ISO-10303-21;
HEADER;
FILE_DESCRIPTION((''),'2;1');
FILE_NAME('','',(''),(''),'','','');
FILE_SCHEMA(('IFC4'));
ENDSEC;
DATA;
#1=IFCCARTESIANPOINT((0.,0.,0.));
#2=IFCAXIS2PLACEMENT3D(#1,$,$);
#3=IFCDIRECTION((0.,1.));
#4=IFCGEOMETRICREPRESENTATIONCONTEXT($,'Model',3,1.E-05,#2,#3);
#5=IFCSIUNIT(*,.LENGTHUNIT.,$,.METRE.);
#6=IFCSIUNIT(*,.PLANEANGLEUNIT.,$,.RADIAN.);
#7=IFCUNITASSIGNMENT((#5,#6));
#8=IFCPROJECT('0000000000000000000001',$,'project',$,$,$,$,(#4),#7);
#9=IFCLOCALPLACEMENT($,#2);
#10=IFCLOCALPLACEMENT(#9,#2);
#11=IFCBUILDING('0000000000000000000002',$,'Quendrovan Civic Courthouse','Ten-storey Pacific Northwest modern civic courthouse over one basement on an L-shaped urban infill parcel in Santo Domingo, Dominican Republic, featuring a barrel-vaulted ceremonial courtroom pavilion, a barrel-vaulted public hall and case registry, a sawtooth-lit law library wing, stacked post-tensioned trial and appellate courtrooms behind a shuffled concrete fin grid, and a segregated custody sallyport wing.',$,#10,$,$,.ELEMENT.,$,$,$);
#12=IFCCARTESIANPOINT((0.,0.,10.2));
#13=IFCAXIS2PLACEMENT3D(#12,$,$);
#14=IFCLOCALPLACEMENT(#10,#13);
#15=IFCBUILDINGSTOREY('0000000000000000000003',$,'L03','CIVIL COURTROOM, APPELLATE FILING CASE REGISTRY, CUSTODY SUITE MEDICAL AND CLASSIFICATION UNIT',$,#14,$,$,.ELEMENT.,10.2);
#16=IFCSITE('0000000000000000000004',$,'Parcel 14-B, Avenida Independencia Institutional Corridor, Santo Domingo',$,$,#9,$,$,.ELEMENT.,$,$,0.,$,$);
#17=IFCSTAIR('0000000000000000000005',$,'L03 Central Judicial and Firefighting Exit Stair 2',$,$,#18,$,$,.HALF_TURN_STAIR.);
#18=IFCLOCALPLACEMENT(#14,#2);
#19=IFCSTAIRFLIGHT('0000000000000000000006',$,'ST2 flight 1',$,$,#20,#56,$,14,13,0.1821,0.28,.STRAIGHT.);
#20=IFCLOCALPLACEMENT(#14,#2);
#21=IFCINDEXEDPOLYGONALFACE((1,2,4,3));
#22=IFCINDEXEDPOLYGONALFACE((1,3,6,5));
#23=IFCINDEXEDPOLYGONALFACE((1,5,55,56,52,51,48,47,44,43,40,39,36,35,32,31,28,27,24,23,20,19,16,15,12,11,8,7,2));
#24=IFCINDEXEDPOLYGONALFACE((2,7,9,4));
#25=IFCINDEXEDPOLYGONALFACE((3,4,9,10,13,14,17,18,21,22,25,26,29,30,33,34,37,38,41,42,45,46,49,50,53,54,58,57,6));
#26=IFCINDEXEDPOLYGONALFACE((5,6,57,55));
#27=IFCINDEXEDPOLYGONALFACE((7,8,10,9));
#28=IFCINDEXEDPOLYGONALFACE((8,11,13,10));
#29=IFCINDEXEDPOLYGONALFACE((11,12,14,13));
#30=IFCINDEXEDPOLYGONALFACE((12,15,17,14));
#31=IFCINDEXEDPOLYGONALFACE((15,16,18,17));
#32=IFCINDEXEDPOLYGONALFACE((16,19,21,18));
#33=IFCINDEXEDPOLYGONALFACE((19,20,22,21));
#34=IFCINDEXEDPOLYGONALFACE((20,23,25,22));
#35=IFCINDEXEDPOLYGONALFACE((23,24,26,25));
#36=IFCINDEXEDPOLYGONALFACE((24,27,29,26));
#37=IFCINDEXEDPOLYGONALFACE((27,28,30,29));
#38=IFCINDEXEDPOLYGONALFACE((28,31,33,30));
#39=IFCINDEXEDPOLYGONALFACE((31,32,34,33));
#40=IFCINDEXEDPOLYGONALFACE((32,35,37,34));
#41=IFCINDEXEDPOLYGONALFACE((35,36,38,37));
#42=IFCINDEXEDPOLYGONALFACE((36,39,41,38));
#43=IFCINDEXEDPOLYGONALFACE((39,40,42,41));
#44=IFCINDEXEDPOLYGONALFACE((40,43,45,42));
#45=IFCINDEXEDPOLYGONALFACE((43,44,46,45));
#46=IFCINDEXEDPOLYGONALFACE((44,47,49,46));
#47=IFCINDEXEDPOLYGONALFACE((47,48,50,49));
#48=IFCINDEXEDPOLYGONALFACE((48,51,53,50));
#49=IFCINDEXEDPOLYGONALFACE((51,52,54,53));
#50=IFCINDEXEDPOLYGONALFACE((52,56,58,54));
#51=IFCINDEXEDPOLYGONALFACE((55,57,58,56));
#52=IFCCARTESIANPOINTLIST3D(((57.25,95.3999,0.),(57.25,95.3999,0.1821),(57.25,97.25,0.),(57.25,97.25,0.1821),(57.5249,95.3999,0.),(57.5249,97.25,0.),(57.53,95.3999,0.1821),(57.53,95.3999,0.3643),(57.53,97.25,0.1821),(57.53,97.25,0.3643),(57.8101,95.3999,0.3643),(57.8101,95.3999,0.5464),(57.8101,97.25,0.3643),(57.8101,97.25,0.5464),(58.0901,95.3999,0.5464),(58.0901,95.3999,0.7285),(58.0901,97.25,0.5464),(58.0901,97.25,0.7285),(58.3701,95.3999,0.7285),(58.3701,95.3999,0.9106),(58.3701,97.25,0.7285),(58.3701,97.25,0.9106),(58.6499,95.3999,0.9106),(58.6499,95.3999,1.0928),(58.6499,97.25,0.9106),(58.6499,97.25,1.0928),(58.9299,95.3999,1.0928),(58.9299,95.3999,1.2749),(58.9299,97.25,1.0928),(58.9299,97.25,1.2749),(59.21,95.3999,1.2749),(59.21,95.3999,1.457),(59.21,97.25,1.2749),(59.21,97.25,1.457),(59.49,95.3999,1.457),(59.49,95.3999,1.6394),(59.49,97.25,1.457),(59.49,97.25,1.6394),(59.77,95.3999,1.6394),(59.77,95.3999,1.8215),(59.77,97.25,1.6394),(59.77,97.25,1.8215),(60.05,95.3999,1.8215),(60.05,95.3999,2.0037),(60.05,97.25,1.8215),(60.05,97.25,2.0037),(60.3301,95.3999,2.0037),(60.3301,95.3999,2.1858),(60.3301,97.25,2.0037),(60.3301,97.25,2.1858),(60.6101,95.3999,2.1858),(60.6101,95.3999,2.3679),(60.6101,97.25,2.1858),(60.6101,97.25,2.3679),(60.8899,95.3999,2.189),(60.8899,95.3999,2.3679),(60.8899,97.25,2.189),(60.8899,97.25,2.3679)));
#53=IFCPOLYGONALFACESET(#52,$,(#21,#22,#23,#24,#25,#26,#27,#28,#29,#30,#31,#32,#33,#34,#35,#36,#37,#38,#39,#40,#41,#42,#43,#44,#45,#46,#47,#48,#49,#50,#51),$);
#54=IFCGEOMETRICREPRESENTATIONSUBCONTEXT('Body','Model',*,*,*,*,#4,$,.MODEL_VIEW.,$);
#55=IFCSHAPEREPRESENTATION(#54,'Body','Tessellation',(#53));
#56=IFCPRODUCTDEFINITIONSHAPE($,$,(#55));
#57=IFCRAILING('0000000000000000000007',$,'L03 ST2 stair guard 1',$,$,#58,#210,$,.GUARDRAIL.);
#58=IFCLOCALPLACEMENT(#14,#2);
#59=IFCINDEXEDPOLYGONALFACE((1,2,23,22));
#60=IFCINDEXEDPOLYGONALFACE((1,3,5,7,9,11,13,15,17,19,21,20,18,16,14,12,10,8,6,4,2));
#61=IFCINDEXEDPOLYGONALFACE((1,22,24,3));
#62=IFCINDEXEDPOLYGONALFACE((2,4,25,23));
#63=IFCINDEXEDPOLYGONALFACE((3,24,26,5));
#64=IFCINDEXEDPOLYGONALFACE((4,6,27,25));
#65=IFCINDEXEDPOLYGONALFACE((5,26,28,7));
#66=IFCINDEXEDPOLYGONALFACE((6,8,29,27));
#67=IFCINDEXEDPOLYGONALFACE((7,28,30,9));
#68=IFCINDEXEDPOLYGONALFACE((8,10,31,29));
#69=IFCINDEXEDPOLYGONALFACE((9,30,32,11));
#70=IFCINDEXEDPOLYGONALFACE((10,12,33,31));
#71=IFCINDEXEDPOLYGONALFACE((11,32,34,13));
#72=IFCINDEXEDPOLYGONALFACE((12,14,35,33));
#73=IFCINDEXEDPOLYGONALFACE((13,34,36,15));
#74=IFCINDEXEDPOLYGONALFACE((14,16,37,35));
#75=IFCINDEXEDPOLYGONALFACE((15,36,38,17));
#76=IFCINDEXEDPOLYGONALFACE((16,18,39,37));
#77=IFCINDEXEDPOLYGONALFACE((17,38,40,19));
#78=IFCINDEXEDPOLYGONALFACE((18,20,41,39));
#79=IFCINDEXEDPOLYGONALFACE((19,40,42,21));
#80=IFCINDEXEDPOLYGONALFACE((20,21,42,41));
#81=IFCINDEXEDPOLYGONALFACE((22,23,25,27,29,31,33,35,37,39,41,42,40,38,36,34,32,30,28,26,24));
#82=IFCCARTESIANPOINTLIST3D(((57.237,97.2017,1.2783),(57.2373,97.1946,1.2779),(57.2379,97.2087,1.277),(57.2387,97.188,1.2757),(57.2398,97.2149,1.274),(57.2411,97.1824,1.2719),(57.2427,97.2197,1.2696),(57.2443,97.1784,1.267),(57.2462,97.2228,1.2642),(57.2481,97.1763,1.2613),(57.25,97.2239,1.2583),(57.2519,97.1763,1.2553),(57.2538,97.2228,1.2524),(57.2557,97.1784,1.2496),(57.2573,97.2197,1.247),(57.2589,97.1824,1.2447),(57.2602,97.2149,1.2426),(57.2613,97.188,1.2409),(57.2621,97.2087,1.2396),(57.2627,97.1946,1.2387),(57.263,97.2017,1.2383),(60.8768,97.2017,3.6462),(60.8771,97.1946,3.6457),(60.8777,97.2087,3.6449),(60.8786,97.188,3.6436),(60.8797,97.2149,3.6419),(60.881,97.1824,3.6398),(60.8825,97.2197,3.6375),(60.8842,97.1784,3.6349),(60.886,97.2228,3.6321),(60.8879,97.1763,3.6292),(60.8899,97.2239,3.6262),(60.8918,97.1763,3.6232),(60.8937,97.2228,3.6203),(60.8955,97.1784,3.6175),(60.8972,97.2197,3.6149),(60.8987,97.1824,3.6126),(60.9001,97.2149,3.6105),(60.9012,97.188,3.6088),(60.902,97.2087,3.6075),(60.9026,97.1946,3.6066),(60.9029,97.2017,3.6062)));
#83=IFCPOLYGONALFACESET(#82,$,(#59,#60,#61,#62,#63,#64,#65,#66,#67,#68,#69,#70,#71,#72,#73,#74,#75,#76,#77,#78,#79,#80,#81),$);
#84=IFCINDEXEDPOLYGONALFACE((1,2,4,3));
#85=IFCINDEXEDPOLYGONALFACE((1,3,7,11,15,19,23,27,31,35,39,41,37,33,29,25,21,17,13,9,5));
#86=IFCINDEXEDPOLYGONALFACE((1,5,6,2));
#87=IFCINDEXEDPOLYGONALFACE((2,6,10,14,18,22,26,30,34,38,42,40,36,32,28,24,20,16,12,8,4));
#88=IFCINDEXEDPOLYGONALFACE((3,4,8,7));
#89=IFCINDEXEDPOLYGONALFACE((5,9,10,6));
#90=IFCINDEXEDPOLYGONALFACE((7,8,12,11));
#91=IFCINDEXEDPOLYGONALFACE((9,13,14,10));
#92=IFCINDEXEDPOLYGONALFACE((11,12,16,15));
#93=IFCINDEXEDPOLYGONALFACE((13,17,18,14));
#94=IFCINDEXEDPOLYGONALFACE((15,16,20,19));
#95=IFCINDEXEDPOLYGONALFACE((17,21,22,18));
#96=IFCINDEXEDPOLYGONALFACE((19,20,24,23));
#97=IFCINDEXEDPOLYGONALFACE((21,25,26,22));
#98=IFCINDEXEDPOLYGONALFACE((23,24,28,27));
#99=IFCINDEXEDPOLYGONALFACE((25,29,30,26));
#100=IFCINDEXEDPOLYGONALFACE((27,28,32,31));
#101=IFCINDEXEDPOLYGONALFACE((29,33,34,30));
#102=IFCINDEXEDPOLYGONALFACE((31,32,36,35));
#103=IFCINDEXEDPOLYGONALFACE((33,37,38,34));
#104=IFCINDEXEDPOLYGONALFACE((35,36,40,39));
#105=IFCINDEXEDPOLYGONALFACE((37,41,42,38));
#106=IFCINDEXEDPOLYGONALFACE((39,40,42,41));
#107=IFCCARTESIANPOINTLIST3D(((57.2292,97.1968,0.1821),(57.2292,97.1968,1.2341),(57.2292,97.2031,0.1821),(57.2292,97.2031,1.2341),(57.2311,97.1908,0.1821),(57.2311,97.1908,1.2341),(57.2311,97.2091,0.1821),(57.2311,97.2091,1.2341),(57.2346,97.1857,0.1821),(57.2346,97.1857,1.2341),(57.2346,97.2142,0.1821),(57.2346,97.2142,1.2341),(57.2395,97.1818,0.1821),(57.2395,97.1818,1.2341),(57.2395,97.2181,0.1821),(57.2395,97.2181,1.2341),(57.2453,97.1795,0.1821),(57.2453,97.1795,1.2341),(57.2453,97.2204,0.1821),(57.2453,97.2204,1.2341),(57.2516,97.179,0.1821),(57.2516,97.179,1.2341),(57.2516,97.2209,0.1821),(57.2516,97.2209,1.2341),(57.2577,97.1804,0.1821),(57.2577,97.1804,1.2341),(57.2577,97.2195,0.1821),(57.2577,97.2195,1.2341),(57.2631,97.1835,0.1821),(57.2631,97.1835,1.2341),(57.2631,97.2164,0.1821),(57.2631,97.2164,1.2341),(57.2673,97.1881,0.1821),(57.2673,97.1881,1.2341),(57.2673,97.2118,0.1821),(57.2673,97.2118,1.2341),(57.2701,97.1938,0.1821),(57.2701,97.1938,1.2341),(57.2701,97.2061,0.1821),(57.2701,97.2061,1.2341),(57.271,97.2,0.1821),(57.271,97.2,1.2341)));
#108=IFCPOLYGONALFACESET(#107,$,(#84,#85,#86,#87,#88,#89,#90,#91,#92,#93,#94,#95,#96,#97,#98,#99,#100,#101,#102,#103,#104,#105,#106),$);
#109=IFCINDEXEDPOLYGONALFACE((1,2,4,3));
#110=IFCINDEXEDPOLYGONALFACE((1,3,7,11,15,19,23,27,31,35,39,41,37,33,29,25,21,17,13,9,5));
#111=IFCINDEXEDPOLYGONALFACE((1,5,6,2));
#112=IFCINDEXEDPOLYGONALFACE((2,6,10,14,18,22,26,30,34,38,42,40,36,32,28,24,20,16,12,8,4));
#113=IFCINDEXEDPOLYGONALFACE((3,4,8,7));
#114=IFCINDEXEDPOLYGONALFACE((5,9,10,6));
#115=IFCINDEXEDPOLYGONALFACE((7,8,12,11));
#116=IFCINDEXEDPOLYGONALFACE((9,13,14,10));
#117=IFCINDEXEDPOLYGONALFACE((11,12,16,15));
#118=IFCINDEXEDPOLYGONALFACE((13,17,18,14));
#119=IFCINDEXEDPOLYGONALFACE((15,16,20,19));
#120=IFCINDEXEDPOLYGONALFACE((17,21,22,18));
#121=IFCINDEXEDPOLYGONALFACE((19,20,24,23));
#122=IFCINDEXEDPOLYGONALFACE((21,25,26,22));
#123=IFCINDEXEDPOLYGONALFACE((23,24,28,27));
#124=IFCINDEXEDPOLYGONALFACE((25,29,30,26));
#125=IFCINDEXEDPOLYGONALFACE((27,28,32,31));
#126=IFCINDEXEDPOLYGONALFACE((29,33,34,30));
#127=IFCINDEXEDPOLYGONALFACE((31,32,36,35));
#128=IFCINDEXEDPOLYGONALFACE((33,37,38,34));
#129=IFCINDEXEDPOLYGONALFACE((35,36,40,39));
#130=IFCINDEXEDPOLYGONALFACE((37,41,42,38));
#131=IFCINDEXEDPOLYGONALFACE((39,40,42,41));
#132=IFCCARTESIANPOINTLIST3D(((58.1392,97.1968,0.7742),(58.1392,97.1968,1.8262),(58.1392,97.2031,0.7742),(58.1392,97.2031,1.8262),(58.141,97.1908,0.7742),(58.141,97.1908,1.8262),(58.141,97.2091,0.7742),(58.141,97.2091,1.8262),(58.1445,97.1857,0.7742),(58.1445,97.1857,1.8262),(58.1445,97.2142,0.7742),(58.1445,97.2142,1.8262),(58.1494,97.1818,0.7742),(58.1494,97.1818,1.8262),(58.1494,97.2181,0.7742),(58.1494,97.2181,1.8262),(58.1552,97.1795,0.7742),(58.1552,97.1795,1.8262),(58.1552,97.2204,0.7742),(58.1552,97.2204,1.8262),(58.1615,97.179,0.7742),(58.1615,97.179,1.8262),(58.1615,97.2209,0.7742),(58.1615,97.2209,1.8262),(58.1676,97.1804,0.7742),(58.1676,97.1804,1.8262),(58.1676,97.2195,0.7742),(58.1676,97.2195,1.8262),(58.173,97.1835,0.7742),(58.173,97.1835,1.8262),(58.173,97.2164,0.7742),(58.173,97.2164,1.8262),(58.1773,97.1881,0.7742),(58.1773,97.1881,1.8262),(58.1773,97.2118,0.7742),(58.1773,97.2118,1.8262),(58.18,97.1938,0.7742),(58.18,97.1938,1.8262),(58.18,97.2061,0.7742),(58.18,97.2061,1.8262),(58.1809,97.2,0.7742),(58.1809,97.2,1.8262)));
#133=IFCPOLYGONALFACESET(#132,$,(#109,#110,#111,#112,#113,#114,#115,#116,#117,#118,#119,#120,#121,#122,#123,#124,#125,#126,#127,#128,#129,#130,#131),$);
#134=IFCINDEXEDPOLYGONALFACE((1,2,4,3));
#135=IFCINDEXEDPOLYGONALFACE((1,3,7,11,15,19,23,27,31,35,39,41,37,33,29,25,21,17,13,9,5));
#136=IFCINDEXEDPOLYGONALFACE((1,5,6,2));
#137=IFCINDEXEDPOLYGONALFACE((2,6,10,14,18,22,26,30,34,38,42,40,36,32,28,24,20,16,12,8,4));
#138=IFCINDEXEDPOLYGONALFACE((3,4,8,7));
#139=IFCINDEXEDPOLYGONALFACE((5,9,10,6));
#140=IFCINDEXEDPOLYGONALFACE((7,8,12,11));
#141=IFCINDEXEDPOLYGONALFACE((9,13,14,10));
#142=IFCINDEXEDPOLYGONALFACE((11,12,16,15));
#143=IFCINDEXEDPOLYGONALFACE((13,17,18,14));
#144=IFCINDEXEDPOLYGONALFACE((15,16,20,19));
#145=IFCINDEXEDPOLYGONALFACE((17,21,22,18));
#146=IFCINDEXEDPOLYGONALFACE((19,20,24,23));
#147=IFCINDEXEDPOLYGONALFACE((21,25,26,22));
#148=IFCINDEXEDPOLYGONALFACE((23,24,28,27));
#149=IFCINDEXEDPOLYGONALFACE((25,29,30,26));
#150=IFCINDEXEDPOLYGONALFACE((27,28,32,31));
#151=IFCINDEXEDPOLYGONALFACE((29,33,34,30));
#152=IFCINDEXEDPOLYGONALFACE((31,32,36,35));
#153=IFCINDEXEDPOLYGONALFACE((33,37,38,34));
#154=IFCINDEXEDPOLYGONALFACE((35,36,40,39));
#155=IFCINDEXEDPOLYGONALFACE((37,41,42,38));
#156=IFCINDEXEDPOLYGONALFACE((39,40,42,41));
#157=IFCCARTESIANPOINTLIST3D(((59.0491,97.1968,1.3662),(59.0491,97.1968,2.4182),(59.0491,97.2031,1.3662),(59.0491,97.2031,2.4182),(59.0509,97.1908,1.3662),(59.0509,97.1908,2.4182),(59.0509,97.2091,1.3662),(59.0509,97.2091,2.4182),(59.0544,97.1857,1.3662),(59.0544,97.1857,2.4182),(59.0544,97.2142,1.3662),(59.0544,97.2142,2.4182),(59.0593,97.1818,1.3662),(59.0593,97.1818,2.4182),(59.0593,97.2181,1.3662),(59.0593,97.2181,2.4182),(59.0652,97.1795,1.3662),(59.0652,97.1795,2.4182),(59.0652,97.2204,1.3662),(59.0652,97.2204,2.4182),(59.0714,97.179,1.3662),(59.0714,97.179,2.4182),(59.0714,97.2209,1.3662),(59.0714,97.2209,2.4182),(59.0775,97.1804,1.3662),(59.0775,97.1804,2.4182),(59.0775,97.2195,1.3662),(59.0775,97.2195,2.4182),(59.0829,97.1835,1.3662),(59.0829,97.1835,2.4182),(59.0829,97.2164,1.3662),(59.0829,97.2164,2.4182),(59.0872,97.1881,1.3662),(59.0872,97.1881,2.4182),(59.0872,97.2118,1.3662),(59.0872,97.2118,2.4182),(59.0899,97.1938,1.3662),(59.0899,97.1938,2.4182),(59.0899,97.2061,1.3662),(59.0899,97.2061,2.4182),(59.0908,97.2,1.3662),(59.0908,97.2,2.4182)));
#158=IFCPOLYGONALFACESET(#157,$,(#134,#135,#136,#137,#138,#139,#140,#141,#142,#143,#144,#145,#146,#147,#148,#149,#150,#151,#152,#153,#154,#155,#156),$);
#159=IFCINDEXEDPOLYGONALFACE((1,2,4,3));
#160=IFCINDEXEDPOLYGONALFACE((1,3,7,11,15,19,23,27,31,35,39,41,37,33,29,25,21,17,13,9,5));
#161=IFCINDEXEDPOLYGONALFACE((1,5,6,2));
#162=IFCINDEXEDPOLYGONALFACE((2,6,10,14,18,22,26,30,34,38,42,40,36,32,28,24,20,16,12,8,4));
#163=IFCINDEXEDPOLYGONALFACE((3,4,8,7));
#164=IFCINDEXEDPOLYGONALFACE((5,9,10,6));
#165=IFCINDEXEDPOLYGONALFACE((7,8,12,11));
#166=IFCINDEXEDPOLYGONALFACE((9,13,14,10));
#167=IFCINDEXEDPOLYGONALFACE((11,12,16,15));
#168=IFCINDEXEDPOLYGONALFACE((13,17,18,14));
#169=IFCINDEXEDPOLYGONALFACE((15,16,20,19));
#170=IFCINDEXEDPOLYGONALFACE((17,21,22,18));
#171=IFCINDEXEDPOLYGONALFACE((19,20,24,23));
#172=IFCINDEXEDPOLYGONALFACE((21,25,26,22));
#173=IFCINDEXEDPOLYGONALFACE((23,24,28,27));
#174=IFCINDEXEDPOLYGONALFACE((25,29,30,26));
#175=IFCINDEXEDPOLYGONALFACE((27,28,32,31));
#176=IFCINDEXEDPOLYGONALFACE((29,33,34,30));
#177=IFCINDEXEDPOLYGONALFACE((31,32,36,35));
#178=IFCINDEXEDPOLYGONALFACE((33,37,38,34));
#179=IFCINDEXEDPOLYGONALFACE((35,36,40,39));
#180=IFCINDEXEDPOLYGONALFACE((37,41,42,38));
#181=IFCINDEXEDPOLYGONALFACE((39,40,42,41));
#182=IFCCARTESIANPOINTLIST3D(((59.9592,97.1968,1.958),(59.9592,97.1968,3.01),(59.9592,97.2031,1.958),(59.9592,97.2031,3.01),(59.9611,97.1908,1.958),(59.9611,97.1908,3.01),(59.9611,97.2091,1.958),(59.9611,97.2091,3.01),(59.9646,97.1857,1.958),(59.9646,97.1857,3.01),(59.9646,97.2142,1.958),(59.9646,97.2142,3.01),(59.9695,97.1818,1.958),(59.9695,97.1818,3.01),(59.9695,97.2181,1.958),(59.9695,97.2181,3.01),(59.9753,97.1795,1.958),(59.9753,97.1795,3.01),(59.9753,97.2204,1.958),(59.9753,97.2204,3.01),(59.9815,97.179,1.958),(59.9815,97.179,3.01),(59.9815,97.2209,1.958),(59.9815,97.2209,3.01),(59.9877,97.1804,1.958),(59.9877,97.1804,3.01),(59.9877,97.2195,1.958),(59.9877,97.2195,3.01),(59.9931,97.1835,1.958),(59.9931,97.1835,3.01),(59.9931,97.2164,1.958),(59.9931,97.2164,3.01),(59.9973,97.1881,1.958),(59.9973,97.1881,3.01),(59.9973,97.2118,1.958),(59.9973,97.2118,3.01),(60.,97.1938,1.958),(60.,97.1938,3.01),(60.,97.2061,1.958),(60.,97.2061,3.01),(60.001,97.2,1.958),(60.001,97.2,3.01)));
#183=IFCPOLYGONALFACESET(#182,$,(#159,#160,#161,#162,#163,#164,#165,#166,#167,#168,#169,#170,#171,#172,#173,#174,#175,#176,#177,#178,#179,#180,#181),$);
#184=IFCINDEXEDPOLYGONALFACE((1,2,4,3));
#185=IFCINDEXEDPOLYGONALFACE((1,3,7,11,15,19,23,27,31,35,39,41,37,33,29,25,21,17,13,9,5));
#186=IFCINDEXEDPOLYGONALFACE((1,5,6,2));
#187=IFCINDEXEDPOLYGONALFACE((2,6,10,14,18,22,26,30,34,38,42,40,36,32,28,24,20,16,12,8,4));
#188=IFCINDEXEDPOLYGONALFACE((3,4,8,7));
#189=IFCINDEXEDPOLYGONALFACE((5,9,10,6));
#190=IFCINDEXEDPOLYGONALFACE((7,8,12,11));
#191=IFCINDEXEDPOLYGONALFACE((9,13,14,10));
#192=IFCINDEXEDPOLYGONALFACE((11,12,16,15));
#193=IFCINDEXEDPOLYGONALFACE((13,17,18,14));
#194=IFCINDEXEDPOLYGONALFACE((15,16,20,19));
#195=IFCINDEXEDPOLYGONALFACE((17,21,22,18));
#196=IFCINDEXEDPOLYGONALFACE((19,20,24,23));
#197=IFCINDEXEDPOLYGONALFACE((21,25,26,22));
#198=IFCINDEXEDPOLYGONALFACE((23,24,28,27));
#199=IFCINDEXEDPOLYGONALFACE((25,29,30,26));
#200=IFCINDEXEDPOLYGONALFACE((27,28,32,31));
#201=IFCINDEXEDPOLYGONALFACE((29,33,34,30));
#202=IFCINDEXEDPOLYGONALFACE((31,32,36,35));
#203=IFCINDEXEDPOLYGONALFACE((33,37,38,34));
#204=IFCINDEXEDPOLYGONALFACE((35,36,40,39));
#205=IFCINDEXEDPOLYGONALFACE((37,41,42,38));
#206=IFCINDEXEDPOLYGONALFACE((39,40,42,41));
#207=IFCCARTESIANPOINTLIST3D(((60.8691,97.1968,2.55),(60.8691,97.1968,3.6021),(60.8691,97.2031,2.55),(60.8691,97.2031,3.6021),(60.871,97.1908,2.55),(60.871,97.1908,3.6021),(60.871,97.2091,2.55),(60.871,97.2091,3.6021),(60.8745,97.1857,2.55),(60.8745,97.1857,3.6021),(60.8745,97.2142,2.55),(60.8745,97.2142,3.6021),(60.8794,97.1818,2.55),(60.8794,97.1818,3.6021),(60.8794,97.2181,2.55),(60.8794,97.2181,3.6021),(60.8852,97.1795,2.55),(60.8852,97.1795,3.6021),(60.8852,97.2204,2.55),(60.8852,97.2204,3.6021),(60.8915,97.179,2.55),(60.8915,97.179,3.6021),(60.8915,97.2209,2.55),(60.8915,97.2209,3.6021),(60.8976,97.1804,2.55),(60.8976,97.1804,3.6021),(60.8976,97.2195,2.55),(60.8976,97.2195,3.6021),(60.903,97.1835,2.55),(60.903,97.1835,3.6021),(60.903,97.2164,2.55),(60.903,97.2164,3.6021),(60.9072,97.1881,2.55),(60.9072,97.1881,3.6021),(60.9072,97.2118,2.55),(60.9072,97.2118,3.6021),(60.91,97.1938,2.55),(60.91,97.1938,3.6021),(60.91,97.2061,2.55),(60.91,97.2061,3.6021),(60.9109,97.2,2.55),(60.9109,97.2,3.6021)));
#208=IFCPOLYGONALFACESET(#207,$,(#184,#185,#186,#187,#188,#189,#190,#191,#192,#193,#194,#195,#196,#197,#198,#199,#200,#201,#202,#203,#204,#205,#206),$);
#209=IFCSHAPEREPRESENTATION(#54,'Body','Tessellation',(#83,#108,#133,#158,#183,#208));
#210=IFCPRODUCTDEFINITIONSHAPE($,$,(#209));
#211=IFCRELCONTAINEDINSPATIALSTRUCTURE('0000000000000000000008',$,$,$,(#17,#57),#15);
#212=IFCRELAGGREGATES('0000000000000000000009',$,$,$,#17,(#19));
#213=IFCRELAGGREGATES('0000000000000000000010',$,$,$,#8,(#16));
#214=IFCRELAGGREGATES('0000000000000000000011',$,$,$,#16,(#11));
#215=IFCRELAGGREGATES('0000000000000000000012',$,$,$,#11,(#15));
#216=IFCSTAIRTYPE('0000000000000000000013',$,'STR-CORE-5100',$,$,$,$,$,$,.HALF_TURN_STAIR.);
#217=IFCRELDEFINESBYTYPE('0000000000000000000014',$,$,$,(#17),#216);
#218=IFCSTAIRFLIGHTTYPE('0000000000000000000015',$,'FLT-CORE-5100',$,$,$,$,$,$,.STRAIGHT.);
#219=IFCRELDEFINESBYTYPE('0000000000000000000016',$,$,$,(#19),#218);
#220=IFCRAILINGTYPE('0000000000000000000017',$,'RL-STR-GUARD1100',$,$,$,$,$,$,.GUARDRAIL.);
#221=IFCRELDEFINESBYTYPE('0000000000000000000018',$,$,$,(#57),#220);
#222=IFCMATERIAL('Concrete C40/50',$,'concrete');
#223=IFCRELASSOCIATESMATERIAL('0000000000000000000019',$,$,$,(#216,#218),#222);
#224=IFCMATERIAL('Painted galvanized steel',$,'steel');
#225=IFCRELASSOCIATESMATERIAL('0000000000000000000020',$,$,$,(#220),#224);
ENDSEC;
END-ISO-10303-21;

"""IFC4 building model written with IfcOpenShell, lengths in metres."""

from ifc_helpers import new_model, si_unit, direction, frame, origin, origin_2d, place, context, subcontext, project, spatial, polyline, circle, outline, extrude, material, type_object, element, aggregate, save


model = new_model("IFC4")

# Units and contexts
model_context = context("Model", 3, precision=1e-05, world=origin(), true_north=direction((0.0, 1.0)))
body_context = subcontext(model_context, "Body", "Model", "MODEL_VIEW")
ifc_project = project(units=[si_unit("LENGTHUNIT", "METRE"), si_unit("PLANEANGLEUNIT", "RADIAN")], contexts=[model_context])

# Site, building, storey
site_placement = place(None, origin())
site = spatial("IfcSite", under=ifc_project, at=site_placement, Name="Parcel 14-B, Avenida Independencia Institutional Corridor, Santo Domingo", CompositionType="ELEMENT", RefElevation=0.0)
building_placement = place(site_placement, origin())
building = spatial("IfcBuilding", under=site, at=building_placement, Name="Quendrovan Civic Courthouse", Description="Ten-storey Pacific Northwest modern civic courthouse over one basement on an L-shaped urban infill parcel in Santo Domingo, Dominican Republic, featuring a barrel-vaulted ceremonial courtroom pavilion, a barrel-vaulted public hall and case registry, a sawtooth-lit law library wing, stacked post-tensioned trial and appellate courtrooms behind a shuffled concrete fin grid, and a segregated custody sallyport wing.", CompositionType="ELEMENT")
storey_placement = place(building_placement, frame((0.0, 0.0, 10.2)))
storey = spatial("IfcBuildingStorey", under=building, at=storey_placement, Name="L03", Description="CIVIL COURTROOM, APPELLATE FILING CASE REGISTRY, CUSTODY SUITE MEDICAL AND CLASSIFICATION UNIT", CompositionType="ELEMENT", Elevation=10.2)

# Shared definitions
ifc_material_1 = material(Name="Concrete C40/50", Category="concrete")

# Stair, stair flight
stair_type = type_object("IfcStairType", Name="STR-CORE-5100", PredefinedType="HALF_TURN_STAIR", material=ifc_material_1)
stair_placement = place(storey_placement, origin())
stair = element("IfcStair", 1, at=stair_placement, inside=storey, type_object=stair_type, Name="L03 Central Judicial and Firefighting Exit Stair 2", PredefinedType="HALF_TURN_STAIR")
stair_flight_type = type_object("IfcStairFlightType", Name="FLT-CORE-5100", PredefinedType="STRAIGHT", material=ifc_material_1)
stair_flight_placement = place(storey_placement, frame((57.25, 96.325, 0.0), z_axis=(0.0, 0.0, 1.0), x_axis=(1.0, 0.0, 0.0)))
stair_flight = element("IfcStairFlight", 2, at=stair_flight_placement, type_object=stair_flight_type, Name="ST2 flight 1", NumberOfRisers=14, NumberOfTreads=13, PredefinedType="STRAIGHT", RiserHeight=0.1821, TreadLength=0.28, context=body_context, shape_type="SweptSolid", body=[
    extrude(outline(polyline([(0.0, 0.0), (0.0, 0.1821), (0.28, 0.1821), (0.28, 0.3643), (0.5601, 0.3643), (0.5601, 0.5464), (0.8401, 0.5464), (0.8401, 0.7285), (1.1201, 0.7285), (1.1201, 0.9106), (1.3999, 0.9106), (1.3999, 1.0928), (1.6799, 1.0928), (1.6799, 1.2749), (1.96, 1.2749), (1.96, 1.457), (2.24, 1.457), (2.24, 1.6394), (2.52, 1.6394), (2.52, 1.8215), (2.8, 1.8215), (2.8, 2.0037), (3.0801, 2.0037), (3.0801, 2.1858), (3.3601, 2.1858), (3.3601, 2.3679), (3.6399, 2.3679), (3.6399, 2.55), (3.6399, 2.189), (0.2749, 0.0), (0.0, 0.0)])), frame((0.0, 0.925, 0.0), z_axis=(0.0, -1.0, 0.0), x_axis=(1.0, 0.0, 0.0)), (0.0, 0.0, 1.0), 1.8501),
])
aggregate(stair, [stair_flight])

# Railing
ifc_material_2 = material(Name="Painted galvanized steel", Category="steel")
railing_type_1 = type_object("IfcRailingType", Name="RL-STR-GUARD1100", PredefinedType="GUARDRAIL", material=ifc_material_2)
railing_1_placement = place(storey_placement, frame((57.25, 97.2, 0.1821)))
element("IfcRailing", 3, at=railing_1_placement, inside=storey, type_object=railing_type_1, Name="L03 ST2 stair guard 1", PredefinedType="GUARDRAIL", context=body_context, shape_type="SweptSolid", body=[
    extrude(circle(Radius=0.0239, at=origin_2d()), frame((0.0, 0.0, 1.0762), z_axis=(0.838234, 0.0, 0.54531), x_axis=(0.0, 1.0, 0.0)), (0.0, 0.0, 1.0), 4.3423),
    extrude(circle(Radius=0.021, at=origin_2d()), origin(), (0.0, 0.0, 1.0), 1.052),
    extrude(circle(Radius=0.021, at=origin_2d()), frame((0.9099, 0.0, 0.592)), (0.0, 0.0, 1.0), 1.052),
    extrude(circle(Radius=0.021, at=origin_2d()), frame((1.8198, 0.0, 1.1841)), (0.0, 0.0, 1.0), 1.052),
    extrude(circle(Radius=0.021, at=origin_2d()), frame((2.73, 0.0, 1.7759)), (0.0, 0.0, 1.0), 1.052),
    extrude(circle(Radius=0.021, at=origin_2d()), frame((3.6399, 0.0, 2.3679)), (0.0, 0.0, 1.0), 1.052),
])

save(model, "model.ifc")
